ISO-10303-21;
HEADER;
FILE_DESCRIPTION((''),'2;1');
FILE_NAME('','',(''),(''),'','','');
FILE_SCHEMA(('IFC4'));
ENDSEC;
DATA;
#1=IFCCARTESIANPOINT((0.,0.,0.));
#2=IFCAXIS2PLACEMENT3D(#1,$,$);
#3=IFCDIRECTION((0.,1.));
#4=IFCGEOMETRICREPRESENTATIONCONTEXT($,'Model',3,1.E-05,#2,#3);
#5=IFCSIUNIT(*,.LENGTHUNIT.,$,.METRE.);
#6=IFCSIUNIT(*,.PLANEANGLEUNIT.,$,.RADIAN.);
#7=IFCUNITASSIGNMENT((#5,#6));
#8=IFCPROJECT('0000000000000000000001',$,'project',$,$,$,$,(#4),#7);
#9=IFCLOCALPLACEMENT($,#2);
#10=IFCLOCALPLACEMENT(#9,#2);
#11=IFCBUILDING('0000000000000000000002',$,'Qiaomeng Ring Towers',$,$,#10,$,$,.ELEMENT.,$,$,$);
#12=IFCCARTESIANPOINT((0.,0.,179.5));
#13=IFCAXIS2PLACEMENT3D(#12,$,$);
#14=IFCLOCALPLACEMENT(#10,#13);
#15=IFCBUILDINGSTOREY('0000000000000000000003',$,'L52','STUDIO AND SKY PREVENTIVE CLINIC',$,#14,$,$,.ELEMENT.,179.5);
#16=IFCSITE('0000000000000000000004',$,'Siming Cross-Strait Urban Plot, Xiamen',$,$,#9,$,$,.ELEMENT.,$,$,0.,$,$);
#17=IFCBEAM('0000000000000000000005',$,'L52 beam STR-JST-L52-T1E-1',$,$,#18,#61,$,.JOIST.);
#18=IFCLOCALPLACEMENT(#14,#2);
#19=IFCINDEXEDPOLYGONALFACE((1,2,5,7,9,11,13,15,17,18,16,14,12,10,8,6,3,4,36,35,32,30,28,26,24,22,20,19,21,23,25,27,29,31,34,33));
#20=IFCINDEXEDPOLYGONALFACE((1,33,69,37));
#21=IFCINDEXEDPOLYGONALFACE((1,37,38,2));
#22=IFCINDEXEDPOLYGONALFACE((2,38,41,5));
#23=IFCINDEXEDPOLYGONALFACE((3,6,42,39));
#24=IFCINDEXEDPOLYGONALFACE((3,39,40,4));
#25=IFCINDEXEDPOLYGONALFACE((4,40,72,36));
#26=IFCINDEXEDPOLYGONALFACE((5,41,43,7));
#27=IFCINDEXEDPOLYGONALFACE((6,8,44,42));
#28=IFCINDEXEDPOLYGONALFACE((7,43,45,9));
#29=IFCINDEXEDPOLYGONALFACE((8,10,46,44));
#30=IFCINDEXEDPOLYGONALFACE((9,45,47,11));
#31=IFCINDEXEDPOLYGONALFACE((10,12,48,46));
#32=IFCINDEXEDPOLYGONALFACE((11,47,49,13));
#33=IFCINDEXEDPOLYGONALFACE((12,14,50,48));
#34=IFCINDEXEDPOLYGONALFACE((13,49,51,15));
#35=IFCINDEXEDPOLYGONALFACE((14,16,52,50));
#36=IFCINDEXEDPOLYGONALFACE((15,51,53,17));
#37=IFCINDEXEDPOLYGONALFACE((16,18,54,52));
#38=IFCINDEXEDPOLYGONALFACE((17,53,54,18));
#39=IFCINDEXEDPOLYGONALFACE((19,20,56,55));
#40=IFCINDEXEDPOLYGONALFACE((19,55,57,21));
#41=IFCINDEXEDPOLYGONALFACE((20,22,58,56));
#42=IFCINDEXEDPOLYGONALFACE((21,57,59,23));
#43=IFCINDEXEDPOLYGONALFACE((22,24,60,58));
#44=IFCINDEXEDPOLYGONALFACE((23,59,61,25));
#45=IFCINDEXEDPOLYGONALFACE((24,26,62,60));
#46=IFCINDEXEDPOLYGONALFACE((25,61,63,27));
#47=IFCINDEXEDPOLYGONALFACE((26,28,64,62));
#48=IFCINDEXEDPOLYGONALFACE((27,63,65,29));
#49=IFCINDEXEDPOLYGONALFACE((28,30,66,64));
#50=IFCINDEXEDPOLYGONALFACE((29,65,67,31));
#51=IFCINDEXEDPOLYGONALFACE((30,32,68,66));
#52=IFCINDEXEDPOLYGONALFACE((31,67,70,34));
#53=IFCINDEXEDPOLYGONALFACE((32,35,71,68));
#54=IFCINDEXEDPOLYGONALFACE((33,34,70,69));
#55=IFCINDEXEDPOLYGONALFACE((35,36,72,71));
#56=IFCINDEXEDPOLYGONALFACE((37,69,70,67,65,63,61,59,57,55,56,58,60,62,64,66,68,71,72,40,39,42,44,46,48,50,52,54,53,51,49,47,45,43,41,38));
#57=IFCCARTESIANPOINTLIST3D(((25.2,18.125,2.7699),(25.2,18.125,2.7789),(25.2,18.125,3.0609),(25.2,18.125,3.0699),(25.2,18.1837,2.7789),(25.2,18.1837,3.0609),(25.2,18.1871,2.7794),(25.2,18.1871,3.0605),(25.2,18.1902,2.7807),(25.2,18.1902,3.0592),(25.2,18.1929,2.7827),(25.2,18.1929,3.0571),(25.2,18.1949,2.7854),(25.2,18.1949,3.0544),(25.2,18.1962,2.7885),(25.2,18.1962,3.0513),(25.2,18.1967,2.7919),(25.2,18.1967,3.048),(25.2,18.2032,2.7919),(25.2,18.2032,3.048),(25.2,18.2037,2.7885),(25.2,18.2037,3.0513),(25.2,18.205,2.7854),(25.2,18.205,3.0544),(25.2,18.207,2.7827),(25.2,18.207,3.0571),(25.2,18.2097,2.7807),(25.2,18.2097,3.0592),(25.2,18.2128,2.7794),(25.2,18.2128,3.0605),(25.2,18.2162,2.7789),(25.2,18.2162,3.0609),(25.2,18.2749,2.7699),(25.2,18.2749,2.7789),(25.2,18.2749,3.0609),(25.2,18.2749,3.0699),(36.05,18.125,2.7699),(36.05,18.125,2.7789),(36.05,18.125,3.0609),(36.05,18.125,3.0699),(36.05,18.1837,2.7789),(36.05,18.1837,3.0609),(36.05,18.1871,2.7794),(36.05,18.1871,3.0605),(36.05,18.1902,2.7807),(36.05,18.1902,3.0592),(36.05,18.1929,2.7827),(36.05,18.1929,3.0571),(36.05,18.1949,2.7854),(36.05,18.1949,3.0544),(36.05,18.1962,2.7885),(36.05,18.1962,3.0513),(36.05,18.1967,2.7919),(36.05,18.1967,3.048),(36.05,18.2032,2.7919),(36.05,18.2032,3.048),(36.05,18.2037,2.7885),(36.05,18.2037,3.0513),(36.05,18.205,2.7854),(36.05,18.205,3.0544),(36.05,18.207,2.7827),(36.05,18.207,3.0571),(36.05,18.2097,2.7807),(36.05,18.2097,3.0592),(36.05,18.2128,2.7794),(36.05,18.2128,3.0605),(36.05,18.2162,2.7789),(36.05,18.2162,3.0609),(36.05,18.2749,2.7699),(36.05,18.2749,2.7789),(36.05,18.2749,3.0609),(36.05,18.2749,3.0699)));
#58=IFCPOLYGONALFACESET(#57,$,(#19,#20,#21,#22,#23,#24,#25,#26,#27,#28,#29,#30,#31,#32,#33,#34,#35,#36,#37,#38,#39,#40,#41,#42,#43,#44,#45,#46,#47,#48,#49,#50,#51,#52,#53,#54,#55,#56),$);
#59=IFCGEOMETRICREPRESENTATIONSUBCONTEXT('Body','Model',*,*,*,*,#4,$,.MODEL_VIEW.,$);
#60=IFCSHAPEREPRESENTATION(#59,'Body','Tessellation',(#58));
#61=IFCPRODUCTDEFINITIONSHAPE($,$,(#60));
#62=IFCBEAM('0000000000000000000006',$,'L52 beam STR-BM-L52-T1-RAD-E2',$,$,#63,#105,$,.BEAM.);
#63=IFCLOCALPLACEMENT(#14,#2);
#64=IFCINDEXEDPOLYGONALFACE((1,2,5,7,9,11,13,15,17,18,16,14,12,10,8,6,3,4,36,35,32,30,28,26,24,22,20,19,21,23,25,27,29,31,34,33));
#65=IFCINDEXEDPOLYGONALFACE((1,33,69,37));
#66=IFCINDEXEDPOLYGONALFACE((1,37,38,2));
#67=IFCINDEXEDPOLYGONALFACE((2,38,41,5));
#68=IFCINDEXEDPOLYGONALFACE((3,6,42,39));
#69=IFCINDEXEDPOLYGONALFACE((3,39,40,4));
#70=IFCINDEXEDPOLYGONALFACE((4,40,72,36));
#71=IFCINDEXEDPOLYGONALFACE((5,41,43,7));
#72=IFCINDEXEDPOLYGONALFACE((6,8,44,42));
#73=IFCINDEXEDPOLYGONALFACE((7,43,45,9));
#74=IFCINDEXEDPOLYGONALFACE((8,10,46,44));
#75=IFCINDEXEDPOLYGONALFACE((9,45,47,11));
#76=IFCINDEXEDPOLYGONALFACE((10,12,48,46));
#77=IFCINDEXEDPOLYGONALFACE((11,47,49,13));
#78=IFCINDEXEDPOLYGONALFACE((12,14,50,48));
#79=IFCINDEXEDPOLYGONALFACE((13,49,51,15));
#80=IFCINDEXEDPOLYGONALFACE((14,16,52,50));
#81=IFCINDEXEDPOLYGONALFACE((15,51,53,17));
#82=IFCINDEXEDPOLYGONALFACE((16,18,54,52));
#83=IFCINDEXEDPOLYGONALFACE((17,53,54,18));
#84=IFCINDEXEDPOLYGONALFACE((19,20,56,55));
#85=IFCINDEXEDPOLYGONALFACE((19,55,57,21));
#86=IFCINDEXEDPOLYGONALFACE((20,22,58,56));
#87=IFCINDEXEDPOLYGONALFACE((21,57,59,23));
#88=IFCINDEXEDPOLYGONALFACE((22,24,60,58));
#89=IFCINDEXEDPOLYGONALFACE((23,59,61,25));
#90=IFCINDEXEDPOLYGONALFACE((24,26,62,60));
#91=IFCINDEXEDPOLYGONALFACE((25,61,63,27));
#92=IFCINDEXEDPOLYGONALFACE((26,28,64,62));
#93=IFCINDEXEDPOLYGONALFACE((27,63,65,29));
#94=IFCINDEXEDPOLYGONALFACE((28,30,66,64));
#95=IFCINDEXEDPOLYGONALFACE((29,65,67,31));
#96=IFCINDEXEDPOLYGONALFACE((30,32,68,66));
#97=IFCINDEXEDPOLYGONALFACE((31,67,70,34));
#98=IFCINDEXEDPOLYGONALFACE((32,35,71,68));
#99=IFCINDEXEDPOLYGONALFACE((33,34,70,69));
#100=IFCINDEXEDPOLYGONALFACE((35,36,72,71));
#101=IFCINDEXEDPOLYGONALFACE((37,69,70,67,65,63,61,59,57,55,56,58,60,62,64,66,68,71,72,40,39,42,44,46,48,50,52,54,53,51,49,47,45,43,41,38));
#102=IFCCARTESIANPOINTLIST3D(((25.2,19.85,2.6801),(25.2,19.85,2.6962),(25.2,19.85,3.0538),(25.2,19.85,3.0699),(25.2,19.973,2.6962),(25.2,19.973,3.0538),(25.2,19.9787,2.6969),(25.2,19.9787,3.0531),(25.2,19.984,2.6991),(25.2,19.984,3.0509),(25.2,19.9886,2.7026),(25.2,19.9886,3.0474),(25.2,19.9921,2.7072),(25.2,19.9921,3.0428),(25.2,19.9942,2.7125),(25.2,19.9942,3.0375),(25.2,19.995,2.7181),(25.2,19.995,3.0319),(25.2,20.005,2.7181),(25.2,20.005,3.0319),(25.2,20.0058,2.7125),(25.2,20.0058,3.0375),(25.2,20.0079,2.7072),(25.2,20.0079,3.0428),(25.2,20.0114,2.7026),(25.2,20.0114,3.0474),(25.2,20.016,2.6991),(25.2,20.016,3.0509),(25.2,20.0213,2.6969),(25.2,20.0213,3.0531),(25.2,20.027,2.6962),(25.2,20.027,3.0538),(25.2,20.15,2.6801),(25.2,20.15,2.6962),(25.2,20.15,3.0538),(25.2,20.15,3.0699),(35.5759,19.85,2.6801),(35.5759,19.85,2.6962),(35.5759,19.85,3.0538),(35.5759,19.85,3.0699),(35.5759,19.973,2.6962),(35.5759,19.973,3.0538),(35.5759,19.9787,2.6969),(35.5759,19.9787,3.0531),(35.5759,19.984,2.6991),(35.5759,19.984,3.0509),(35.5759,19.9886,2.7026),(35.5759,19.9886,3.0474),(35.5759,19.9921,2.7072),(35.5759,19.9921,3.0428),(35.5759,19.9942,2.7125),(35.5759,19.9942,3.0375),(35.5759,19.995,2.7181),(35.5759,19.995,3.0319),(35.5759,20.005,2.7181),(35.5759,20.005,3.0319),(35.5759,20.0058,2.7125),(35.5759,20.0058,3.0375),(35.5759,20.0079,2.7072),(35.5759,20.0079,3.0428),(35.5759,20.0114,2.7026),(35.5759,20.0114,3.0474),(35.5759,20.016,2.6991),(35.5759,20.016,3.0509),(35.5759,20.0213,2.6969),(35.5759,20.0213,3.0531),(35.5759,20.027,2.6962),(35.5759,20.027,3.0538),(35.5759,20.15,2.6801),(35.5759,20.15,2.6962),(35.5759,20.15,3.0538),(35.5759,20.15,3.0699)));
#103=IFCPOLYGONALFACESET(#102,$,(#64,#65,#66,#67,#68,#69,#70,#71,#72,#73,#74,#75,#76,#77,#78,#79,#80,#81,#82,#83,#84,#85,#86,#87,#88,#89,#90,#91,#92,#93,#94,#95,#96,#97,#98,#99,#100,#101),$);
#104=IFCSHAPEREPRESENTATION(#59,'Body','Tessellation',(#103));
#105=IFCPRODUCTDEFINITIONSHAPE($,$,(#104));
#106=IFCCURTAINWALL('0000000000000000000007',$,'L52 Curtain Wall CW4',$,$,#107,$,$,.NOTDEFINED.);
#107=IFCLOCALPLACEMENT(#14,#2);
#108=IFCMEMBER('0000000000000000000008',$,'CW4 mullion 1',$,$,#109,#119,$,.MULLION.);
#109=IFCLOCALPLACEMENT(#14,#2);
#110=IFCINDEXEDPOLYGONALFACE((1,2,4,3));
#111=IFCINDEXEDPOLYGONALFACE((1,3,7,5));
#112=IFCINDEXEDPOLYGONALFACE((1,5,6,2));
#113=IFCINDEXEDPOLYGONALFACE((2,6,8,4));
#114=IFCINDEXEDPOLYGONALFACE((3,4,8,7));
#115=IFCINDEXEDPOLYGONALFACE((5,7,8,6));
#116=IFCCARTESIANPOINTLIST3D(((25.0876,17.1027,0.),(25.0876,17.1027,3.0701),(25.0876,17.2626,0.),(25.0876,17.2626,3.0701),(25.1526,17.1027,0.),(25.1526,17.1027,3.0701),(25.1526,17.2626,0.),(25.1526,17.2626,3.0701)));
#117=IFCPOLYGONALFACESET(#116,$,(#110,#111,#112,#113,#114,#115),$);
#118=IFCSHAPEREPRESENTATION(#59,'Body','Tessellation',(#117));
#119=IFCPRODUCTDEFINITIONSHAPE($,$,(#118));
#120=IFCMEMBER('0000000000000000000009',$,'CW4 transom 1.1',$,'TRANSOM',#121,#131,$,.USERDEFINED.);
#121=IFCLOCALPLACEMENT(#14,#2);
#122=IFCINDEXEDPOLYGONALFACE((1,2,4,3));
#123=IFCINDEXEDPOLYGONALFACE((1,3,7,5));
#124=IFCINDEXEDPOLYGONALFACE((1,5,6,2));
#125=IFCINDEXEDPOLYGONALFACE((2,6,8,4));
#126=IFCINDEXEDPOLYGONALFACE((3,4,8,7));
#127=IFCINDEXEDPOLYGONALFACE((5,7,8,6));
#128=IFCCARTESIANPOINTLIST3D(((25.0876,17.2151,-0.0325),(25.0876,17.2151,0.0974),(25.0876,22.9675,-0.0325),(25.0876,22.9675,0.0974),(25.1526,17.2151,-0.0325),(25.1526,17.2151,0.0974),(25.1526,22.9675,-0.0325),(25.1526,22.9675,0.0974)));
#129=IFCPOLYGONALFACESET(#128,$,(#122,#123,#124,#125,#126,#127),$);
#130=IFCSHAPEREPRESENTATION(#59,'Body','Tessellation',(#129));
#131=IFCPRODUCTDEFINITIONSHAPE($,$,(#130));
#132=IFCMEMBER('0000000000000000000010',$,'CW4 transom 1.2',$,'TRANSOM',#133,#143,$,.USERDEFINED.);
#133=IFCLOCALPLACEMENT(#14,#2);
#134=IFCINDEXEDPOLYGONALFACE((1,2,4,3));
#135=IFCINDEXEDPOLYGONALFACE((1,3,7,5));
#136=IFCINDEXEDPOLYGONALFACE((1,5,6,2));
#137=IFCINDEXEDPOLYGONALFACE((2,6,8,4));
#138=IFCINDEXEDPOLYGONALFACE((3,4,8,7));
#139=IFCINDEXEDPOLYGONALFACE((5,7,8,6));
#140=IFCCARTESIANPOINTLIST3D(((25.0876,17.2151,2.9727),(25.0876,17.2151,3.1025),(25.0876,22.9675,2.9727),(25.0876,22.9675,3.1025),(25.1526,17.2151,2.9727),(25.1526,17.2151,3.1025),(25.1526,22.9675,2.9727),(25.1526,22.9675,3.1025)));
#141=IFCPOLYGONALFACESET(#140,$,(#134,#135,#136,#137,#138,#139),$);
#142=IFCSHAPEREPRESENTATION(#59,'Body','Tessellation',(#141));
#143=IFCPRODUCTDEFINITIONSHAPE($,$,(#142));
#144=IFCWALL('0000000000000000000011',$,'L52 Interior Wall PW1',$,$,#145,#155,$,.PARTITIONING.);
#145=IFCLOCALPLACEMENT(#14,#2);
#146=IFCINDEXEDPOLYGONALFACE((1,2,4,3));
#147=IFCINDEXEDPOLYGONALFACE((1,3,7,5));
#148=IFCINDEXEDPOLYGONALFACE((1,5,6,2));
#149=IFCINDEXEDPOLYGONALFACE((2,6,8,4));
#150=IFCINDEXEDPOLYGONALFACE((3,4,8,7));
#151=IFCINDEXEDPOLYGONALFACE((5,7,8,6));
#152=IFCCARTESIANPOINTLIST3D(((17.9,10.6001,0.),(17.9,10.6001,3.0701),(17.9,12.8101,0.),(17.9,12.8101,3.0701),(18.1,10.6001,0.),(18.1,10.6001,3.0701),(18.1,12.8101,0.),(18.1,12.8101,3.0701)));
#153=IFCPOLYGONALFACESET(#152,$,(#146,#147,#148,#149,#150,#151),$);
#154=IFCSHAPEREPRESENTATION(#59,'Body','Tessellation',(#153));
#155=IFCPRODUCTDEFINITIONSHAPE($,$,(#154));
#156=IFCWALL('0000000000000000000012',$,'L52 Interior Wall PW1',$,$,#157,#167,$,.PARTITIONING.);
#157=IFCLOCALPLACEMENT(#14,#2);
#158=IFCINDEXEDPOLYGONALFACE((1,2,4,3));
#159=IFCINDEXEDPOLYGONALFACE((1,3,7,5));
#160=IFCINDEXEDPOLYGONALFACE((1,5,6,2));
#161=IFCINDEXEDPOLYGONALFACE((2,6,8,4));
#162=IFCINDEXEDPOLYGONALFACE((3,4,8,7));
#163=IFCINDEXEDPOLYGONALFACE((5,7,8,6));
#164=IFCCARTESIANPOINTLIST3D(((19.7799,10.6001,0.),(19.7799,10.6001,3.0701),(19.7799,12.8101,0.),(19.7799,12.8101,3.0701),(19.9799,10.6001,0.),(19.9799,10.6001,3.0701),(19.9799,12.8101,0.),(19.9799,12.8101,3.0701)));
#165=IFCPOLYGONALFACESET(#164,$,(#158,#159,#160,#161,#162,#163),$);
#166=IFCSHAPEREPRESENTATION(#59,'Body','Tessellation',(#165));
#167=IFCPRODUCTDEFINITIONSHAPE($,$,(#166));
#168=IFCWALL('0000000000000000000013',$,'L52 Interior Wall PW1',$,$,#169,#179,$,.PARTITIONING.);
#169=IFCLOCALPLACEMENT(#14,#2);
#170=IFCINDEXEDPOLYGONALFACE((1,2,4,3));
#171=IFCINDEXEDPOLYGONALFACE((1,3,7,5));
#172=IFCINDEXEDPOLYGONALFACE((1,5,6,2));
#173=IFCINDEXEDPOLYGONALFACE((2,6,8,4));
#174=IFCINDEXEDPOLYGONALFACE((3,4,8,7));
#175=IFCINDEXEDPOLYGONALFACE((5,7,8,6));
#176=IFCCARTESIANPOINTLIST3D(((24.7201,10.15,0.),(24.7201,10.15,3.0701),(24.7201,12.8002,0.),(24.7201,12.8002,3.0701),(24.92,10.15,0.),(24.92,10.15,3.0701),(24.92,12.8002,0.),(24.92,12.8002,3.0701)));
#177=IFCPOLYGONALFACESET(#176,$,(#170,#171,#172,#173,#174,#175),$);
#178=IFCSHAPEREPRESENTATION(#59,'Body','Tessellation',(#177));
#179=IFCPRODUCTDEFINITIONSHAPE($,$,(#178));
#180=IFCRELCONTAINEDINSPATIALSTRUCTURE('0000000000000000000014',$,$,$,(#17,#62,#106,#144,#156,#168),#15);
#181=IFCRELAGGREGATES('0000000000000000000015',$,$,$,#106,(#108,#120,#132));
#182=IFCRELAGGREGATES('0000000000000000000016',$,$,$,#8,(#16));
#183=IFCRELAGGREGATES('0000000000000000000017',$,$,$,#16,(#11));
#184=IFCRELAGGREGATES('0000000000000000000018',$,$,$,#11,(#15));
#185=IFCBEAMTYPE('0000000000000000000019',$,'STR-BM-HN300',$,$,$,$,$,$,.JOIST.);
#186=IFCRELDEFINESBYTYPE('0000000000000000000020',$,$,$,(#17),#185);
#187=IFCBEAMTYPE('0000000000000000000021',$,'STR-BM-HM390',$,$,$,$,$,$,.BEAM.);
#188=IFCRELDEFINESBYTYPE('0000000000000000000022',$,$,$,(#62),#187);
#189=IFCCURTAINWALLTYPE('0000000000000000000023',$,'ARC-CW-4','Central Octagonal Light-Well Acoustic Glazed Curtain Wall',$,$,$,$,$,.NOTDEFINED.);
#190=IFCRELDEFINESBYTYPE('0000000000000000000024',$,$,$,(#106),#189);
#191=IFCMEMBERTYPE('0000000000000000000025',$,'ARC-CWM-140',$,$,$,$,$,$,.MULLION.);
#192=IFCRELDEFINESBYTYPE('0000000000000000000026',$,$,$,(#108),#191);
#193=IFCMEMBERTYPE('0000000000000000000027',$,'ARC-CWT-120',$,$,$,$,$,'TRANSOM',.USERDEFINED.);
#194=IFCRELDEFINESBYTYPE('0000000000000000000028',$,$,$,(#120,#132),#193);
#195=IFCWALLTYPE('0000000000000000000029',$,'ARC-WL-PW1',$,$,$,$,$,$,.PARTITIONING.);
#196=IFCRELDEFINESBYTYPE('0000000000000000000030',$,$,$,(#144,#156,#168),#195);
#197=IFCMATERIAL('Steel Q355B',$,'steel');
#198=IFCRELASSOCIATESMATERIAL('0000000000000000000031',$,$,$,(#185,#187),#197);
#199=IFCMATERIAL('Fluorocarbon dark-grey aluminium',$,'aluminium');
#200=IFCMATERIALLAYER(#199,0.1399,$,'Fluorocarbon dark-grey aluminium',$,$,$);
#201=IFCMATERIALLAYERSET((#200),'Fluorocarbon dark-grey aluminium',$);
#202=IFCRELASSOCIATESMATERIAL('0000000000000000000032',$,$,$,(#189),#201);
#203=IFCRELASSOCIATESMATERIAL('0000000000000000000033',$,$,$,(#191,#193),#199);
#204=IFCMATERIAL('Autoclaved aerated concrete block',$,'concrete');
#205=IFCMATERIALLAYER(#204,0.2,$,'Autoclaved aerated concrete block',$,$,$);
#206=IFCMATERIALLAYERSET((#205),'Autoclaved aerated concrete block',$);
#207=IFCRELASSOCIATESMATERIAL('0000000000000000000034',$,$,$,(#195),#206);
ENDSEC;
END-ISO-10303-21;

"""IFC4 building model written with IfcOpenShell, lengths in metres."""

from ifc_helpers import new_model, si_unit, direction, frame, frame_2d, origin, origin_2d, place, context, subcontext, project, spatial, rectangle, i_section, extrude, source, transform, mapped, material, layer, layer_set, material_profile, profile_set, type_object, element, aggregate, save


model = new_model("IFC4")

# Units and contexts
model_context = context("Model", 3, precision=1e-05, world=origin(), true_north=direction((0.0, 1.0)))
body_context = subcontext(model_context, "Body", "Model", "MODEL_VIEW")
ifc_project = project(units=[si_unit("LENGTHUNIT", "METRE"), si_unit("PLANEANGLEUNIT", "RADIAN")], contexts=[model_context])

# Site, building, storey
site_placement = place(None, origin())
site = spatial("IfcSite", under=ifc_project, at=site_placement, Name="Siming Cross-Strait Urban Plot, Xiamen", CompositionType="ELEMENT", RefElevation=0.0)
building_placement = place(site_placement, origin())
building = spatial("IfcBuilding", under=site, at=building_placement, Name="Qiaomeng Ring Towers", CompositionType="ELEMENT")
storey_placement = place(building_placement, frame((0.0, 0.0, 179.5)))
storey = spatial("IfcBuildingStorey", under=building, at=storey_placement, Name="L52", Description="STUDIO AND SKY PREVENTIVE CLINIC", CompositionType="ELEMENT", Elevation=179.5)

# Beams
ifc_material_1 = material(Name="Steel Q355B", Category="steel")
ifc_material_profile_1 = material_profile(ifc_material_1, i_section(OverallWidth=0.1499, OverallDepth=0.3, WebThickness=0.0066, FlangeThickness=0.009, FilletRadius=0.0129, at=origin_2d()), Name="HN 300x150x6.5x9")
ifc_profile_set_1 = profile_set([ifc_material_profile_1], Name="Steel Q355B")
beam_type_1 = type_object("IfcBeamType", Name="STR-BM-HN300", PredefinedType="JOIST", material=ifc_profile_set_1)
shared_shape_1 = source(origin(), body_context, "Body", "SweptSolid", [
    extrude(i_section(OverallWidth=0.1499, OverallDepth=0.3, WebThickness=0.0066, FlangeThickness=0.009, FilletRadius=0.0129, at=origin_2d()), origin(), (0.0, 0.0, 1.0), 10.8501),
])
beam_1_placement = place(storey_placement, frame((25.2, 18.2, 2.9199), z_axis=(1.0, 0.0, 0.0), x_axis=(0.0, 1.0, 0.0)))
element("IfcBeam", 1, at=beam_1_placement, inside=storey, type_object=beam_type_1, Name="L52 beam STR-JST-L52-T1E-1", PredefinedType="JOIST", context=body_context, shape_type="MappedRepresentation", body=[
    mapped(shared_shape_1, transform((0.0, 0.0, 0.0), x_axis=(1.0, 0.0, 0.0), y_axis=(0.0, 1.0, 0.0), z_axis=(0.0, 0.0, 1.0), scale=1.0)),
])
ifc_material_profile_2 = material_profile(ifc_material_1, i_section(OverallWidth=0.3, OverallDepth=0.3899, WebThickness=0.01, FlangeThickness=0.0161, FilletRadius=0.022, at=origin_2d()), Name="HM 390x300x10x16")
ifc_profile_set_2 = profile_set([ifc_material_profile_2], Name="Steel Q355B")
beam_type_2 = type_object("IfcBeamType", Name="STR-BM-HM390", PredefinedType="BEAM", material=ifc_profile_set_2)
shared_shape_2 = source(origin(), body_context, "Body", "SweptSolid", [
    extrude(i_section(OverallWidth=0.3, OverallDepth=0.3899, WebThickness=0.01, FlangeThickness=0.0161, FilletRadius=0.022, at=origin_2d()), origin(), (0.0, 0.0, 1.0), 10.376),
])
beam_2_placement = place(storey_placement, frame((25.2, 20.0, 2.875), z_axis=(1.0, 0.0, 0.0), x_axis=(0.0, 1.0, 0.0)))
element("IfcBeam", 2, at=beam_2_placement, inside=storey, type_object=beam_type_2, Name="L52 beam STR-BM-L52-T1-RAD-E2", PredefinedType="BEAM", context=body_context, shape_type="MappedRepresentation", body=[
    mapped(shared_shape_2, transform((0.0, 0.0, 0.0), x_axis=(1.0, 0.0, 0.0), y_axis=(0.0, 1.0, 0.0), z_axis=(0.0, 0.0, 1.0), scale=1.0)),
])

# Curtain wall, members
ifc_material_2 = material(Name="Fluorocarbon dark-grey aluminium", Category="aluminium")
ifc_layer_1 = layer(ifc_material_2, 0.1399, Name="Fluorocarbon dark-grey aluminium")
ifc_layer_set_1 = layer_set([ifc_layer_1], Name="Fluorocarbon dark-grey aluminium")
curtain_wall_type = type_object("IfcCurtainWallType", Name="ARC-CW-4", Description="Central Octagonal Light-Well Acoustic Glazed Curtain Wall", PredefinedType="NOTDEFINED", material=ifc_layer_set_1)
curtain_wall_placement = place(storey_placement, origin())
curtain_wall = element("IfcCurtainWall", 3, at=curtain_wall_placement, inside=storey, type_object=curtain_wall_type, Name="L52 Curtain Wall CW4", PredefinedType="NOTDEFINED")
ifc_material_profile_3 = material_profile(ifc_material_2, rectangle(XDim=0.0649, YDim=0.1599, at=origin_2d()), Name="ALU MULL 65x160")
ifc_profile_set_3 = profile_set([ifc_material_profile_3], Name="Fluorocarbon dark-grey aluminium")
member_type_1 = type_object("IfcMemberType", Name="ARC-CWM-140", PredefinedType="MULLION", material=ifc_profile_set_3)
shared_shape_3 = source(origin(), body_context, "Body", "SweptSolid", [
    extrude(rectangle(XDim=0.0649, YDim=0.1599, at=origin_2d()), origin(), (0.0, 0.0, 1.0), 3.0701),
])
member_1_placement = place(storey_placement, frame((25.1201, 17.1826, 0.0), z_axis=(0.0, 0.0, 1.0), x_axis=(-1.0, 0.0, 0.0)))
member_1 = element("IfcMember", 4, at=member_1_placement, type_object=member_type_1, Name="CW4 mullion 1", PredefinedType="MULLION", context=body_context, shape_type="MappedRepresentation", body=[
    mapped(shared_shape_3, transform((0.0, 0.0, 0.0), x_axis=(1.0, 0.0, 0.0), y_axis=(0.0, 1.0, 0.0), z_axis=(0.0, 0.0, 1.0), scale=1.0)),
])
ifc_material_profile_4 = material_profile(ifc_material_2, rectangle(XDim=0.0649, YDim=0.1299, at=origin_2d()), Name="ALU TRAN 65x130")
ifc_profile_set_4 = profile_set([ifc_material_profile_4], Name="Fluorocarbon dark-grey aluminium")
member_type_2 = type_object("IfcMemberType", Name="ARC-CWT-120", ElementType="TRANSOM", PredefinedType="USERDEFINED", material=ifc_profile_set_4)
shared_shape_4 = source(origin(), body_context, "Body", "SweptSolid", [
    extrude(rectangle(XDim=0.0649, YDim=0.1299, at=origin_2d()), origin(), (0.0, 0.0, 1.0), 5.7524),
])
member_2_placement = place(storey_placement, frame((25.1201, 17.2151, 0.0325), z_axis=(0.0, 1.0, 0.0), x_axis=(-1.0, 0.0, 0.0)))
member_2 = element("IfcMember", 5, at=member_2_placement, type_object=member_type_2, Name="CW4 transom 1.1", ObjectType="TRANSOM", PredefinedType="USERDEFINED", context=body_context, shape_type="MappedRepresentation", body=[
    mapped(shared_shape_4, transform((0.0, 0.0, 0.0), x_axis=(1.0, 0.0, 0.0), y_axis=(0.0, 1.0, 0.0), z_axis=(0.0, 0.0, 1.0), scale=1.0)),
])
member_3_placement = place(storey_placement, frame((25.1201, 17.2151, 3.0376), z_axis=(0.0, 1.0, 0.0), x_axis=(-1.0, 0.0, 0.0)))
member_3 = element("IfcMember", 6, at=member_3_placement, type_object=member_type_2, Name="CW4 transom 1.2", ObjectType="TRANSOM", PredefinedType="USERDEFINED", context=body_context, shape_type="MappedRepresentation", body=[
    mapped(shared_shape_4, transform((0.0, 0.0, 0.0), x_axis=(1.0, 0.0, 0.0), y_axis=(0.0, 1.0, 0.0), z_axis=(0.0, 0.0, 1.0), scale=1.0)),
])
aggregate(curtain_wall, [member_1, member_2, member_3])

# Walls
ifc_material_3 = material(Name="Autoclaved aerated concrete block", Category="concrete")
ifc_layer_2 = layer(ifc_material_3, 0.2, Name="Autoclaved aerated concrete block")
ifc_layer_set_2 = layer_set([ifc_layer_2], Name="Autoclaved aerated concrete block")
wall_type_1 = type_object("IfcWallType", Name="ARC-WL-PW1", PredefinedType="PARTITIONING", material=ifc_layer_set_2)
for number, where, z_axis, x_axis, name in (
    (7, (18.0, 10.6001, 0.0), (0.0, 0.0, 1.0), (0.0, 1.0, 0.0), "L52 Interior Wall PW1"),
    (8, (19.8799, 10.6001, 0.0), (0.0, 0.0, 1.0), (0.0, 1.0, 0.0), "L52 Interior Wall PW1"),
):
    element("IfcWall", number, at=place(storey_placement, frame(where, z_axis=z_axis, x_axis=x_axis)), inside=storey, type_object=wall_type_1, Name=name, PredefinedType="PARTITIONING", context=body_context, shape_type="SweptSolid", body=[
        extrude(rectangle(XDim=2.21, YDim=0.2, at=frame_2d((1.105, 0.0))), origin(), (0.0, 0.0, 1.0), 3.0701),
    ])
wall_1_placement = place(storey_placement, frame((24.8201, 10.1499, 0.0), z_axis=(0.0, 0.0, 1.0), x_axis=(0.0, 1.0, 0.0)))
element("IfcWall", 9, at=wall_1_placement, inside=storey, type_object=wall_type_1, Name="L52 Interior Wall PW1", PredefinedType="PARTITIONING", context=body_context, shape_type="SweptSolid", body=[
    extrude(rectangle(XDim=2.6501, YDim=0.2, at=frame_2d((1.3252, 0.0))), origin(), (0.0, 0.0, 1.0), 3.0701),
])

save(model, "model.ifc")
